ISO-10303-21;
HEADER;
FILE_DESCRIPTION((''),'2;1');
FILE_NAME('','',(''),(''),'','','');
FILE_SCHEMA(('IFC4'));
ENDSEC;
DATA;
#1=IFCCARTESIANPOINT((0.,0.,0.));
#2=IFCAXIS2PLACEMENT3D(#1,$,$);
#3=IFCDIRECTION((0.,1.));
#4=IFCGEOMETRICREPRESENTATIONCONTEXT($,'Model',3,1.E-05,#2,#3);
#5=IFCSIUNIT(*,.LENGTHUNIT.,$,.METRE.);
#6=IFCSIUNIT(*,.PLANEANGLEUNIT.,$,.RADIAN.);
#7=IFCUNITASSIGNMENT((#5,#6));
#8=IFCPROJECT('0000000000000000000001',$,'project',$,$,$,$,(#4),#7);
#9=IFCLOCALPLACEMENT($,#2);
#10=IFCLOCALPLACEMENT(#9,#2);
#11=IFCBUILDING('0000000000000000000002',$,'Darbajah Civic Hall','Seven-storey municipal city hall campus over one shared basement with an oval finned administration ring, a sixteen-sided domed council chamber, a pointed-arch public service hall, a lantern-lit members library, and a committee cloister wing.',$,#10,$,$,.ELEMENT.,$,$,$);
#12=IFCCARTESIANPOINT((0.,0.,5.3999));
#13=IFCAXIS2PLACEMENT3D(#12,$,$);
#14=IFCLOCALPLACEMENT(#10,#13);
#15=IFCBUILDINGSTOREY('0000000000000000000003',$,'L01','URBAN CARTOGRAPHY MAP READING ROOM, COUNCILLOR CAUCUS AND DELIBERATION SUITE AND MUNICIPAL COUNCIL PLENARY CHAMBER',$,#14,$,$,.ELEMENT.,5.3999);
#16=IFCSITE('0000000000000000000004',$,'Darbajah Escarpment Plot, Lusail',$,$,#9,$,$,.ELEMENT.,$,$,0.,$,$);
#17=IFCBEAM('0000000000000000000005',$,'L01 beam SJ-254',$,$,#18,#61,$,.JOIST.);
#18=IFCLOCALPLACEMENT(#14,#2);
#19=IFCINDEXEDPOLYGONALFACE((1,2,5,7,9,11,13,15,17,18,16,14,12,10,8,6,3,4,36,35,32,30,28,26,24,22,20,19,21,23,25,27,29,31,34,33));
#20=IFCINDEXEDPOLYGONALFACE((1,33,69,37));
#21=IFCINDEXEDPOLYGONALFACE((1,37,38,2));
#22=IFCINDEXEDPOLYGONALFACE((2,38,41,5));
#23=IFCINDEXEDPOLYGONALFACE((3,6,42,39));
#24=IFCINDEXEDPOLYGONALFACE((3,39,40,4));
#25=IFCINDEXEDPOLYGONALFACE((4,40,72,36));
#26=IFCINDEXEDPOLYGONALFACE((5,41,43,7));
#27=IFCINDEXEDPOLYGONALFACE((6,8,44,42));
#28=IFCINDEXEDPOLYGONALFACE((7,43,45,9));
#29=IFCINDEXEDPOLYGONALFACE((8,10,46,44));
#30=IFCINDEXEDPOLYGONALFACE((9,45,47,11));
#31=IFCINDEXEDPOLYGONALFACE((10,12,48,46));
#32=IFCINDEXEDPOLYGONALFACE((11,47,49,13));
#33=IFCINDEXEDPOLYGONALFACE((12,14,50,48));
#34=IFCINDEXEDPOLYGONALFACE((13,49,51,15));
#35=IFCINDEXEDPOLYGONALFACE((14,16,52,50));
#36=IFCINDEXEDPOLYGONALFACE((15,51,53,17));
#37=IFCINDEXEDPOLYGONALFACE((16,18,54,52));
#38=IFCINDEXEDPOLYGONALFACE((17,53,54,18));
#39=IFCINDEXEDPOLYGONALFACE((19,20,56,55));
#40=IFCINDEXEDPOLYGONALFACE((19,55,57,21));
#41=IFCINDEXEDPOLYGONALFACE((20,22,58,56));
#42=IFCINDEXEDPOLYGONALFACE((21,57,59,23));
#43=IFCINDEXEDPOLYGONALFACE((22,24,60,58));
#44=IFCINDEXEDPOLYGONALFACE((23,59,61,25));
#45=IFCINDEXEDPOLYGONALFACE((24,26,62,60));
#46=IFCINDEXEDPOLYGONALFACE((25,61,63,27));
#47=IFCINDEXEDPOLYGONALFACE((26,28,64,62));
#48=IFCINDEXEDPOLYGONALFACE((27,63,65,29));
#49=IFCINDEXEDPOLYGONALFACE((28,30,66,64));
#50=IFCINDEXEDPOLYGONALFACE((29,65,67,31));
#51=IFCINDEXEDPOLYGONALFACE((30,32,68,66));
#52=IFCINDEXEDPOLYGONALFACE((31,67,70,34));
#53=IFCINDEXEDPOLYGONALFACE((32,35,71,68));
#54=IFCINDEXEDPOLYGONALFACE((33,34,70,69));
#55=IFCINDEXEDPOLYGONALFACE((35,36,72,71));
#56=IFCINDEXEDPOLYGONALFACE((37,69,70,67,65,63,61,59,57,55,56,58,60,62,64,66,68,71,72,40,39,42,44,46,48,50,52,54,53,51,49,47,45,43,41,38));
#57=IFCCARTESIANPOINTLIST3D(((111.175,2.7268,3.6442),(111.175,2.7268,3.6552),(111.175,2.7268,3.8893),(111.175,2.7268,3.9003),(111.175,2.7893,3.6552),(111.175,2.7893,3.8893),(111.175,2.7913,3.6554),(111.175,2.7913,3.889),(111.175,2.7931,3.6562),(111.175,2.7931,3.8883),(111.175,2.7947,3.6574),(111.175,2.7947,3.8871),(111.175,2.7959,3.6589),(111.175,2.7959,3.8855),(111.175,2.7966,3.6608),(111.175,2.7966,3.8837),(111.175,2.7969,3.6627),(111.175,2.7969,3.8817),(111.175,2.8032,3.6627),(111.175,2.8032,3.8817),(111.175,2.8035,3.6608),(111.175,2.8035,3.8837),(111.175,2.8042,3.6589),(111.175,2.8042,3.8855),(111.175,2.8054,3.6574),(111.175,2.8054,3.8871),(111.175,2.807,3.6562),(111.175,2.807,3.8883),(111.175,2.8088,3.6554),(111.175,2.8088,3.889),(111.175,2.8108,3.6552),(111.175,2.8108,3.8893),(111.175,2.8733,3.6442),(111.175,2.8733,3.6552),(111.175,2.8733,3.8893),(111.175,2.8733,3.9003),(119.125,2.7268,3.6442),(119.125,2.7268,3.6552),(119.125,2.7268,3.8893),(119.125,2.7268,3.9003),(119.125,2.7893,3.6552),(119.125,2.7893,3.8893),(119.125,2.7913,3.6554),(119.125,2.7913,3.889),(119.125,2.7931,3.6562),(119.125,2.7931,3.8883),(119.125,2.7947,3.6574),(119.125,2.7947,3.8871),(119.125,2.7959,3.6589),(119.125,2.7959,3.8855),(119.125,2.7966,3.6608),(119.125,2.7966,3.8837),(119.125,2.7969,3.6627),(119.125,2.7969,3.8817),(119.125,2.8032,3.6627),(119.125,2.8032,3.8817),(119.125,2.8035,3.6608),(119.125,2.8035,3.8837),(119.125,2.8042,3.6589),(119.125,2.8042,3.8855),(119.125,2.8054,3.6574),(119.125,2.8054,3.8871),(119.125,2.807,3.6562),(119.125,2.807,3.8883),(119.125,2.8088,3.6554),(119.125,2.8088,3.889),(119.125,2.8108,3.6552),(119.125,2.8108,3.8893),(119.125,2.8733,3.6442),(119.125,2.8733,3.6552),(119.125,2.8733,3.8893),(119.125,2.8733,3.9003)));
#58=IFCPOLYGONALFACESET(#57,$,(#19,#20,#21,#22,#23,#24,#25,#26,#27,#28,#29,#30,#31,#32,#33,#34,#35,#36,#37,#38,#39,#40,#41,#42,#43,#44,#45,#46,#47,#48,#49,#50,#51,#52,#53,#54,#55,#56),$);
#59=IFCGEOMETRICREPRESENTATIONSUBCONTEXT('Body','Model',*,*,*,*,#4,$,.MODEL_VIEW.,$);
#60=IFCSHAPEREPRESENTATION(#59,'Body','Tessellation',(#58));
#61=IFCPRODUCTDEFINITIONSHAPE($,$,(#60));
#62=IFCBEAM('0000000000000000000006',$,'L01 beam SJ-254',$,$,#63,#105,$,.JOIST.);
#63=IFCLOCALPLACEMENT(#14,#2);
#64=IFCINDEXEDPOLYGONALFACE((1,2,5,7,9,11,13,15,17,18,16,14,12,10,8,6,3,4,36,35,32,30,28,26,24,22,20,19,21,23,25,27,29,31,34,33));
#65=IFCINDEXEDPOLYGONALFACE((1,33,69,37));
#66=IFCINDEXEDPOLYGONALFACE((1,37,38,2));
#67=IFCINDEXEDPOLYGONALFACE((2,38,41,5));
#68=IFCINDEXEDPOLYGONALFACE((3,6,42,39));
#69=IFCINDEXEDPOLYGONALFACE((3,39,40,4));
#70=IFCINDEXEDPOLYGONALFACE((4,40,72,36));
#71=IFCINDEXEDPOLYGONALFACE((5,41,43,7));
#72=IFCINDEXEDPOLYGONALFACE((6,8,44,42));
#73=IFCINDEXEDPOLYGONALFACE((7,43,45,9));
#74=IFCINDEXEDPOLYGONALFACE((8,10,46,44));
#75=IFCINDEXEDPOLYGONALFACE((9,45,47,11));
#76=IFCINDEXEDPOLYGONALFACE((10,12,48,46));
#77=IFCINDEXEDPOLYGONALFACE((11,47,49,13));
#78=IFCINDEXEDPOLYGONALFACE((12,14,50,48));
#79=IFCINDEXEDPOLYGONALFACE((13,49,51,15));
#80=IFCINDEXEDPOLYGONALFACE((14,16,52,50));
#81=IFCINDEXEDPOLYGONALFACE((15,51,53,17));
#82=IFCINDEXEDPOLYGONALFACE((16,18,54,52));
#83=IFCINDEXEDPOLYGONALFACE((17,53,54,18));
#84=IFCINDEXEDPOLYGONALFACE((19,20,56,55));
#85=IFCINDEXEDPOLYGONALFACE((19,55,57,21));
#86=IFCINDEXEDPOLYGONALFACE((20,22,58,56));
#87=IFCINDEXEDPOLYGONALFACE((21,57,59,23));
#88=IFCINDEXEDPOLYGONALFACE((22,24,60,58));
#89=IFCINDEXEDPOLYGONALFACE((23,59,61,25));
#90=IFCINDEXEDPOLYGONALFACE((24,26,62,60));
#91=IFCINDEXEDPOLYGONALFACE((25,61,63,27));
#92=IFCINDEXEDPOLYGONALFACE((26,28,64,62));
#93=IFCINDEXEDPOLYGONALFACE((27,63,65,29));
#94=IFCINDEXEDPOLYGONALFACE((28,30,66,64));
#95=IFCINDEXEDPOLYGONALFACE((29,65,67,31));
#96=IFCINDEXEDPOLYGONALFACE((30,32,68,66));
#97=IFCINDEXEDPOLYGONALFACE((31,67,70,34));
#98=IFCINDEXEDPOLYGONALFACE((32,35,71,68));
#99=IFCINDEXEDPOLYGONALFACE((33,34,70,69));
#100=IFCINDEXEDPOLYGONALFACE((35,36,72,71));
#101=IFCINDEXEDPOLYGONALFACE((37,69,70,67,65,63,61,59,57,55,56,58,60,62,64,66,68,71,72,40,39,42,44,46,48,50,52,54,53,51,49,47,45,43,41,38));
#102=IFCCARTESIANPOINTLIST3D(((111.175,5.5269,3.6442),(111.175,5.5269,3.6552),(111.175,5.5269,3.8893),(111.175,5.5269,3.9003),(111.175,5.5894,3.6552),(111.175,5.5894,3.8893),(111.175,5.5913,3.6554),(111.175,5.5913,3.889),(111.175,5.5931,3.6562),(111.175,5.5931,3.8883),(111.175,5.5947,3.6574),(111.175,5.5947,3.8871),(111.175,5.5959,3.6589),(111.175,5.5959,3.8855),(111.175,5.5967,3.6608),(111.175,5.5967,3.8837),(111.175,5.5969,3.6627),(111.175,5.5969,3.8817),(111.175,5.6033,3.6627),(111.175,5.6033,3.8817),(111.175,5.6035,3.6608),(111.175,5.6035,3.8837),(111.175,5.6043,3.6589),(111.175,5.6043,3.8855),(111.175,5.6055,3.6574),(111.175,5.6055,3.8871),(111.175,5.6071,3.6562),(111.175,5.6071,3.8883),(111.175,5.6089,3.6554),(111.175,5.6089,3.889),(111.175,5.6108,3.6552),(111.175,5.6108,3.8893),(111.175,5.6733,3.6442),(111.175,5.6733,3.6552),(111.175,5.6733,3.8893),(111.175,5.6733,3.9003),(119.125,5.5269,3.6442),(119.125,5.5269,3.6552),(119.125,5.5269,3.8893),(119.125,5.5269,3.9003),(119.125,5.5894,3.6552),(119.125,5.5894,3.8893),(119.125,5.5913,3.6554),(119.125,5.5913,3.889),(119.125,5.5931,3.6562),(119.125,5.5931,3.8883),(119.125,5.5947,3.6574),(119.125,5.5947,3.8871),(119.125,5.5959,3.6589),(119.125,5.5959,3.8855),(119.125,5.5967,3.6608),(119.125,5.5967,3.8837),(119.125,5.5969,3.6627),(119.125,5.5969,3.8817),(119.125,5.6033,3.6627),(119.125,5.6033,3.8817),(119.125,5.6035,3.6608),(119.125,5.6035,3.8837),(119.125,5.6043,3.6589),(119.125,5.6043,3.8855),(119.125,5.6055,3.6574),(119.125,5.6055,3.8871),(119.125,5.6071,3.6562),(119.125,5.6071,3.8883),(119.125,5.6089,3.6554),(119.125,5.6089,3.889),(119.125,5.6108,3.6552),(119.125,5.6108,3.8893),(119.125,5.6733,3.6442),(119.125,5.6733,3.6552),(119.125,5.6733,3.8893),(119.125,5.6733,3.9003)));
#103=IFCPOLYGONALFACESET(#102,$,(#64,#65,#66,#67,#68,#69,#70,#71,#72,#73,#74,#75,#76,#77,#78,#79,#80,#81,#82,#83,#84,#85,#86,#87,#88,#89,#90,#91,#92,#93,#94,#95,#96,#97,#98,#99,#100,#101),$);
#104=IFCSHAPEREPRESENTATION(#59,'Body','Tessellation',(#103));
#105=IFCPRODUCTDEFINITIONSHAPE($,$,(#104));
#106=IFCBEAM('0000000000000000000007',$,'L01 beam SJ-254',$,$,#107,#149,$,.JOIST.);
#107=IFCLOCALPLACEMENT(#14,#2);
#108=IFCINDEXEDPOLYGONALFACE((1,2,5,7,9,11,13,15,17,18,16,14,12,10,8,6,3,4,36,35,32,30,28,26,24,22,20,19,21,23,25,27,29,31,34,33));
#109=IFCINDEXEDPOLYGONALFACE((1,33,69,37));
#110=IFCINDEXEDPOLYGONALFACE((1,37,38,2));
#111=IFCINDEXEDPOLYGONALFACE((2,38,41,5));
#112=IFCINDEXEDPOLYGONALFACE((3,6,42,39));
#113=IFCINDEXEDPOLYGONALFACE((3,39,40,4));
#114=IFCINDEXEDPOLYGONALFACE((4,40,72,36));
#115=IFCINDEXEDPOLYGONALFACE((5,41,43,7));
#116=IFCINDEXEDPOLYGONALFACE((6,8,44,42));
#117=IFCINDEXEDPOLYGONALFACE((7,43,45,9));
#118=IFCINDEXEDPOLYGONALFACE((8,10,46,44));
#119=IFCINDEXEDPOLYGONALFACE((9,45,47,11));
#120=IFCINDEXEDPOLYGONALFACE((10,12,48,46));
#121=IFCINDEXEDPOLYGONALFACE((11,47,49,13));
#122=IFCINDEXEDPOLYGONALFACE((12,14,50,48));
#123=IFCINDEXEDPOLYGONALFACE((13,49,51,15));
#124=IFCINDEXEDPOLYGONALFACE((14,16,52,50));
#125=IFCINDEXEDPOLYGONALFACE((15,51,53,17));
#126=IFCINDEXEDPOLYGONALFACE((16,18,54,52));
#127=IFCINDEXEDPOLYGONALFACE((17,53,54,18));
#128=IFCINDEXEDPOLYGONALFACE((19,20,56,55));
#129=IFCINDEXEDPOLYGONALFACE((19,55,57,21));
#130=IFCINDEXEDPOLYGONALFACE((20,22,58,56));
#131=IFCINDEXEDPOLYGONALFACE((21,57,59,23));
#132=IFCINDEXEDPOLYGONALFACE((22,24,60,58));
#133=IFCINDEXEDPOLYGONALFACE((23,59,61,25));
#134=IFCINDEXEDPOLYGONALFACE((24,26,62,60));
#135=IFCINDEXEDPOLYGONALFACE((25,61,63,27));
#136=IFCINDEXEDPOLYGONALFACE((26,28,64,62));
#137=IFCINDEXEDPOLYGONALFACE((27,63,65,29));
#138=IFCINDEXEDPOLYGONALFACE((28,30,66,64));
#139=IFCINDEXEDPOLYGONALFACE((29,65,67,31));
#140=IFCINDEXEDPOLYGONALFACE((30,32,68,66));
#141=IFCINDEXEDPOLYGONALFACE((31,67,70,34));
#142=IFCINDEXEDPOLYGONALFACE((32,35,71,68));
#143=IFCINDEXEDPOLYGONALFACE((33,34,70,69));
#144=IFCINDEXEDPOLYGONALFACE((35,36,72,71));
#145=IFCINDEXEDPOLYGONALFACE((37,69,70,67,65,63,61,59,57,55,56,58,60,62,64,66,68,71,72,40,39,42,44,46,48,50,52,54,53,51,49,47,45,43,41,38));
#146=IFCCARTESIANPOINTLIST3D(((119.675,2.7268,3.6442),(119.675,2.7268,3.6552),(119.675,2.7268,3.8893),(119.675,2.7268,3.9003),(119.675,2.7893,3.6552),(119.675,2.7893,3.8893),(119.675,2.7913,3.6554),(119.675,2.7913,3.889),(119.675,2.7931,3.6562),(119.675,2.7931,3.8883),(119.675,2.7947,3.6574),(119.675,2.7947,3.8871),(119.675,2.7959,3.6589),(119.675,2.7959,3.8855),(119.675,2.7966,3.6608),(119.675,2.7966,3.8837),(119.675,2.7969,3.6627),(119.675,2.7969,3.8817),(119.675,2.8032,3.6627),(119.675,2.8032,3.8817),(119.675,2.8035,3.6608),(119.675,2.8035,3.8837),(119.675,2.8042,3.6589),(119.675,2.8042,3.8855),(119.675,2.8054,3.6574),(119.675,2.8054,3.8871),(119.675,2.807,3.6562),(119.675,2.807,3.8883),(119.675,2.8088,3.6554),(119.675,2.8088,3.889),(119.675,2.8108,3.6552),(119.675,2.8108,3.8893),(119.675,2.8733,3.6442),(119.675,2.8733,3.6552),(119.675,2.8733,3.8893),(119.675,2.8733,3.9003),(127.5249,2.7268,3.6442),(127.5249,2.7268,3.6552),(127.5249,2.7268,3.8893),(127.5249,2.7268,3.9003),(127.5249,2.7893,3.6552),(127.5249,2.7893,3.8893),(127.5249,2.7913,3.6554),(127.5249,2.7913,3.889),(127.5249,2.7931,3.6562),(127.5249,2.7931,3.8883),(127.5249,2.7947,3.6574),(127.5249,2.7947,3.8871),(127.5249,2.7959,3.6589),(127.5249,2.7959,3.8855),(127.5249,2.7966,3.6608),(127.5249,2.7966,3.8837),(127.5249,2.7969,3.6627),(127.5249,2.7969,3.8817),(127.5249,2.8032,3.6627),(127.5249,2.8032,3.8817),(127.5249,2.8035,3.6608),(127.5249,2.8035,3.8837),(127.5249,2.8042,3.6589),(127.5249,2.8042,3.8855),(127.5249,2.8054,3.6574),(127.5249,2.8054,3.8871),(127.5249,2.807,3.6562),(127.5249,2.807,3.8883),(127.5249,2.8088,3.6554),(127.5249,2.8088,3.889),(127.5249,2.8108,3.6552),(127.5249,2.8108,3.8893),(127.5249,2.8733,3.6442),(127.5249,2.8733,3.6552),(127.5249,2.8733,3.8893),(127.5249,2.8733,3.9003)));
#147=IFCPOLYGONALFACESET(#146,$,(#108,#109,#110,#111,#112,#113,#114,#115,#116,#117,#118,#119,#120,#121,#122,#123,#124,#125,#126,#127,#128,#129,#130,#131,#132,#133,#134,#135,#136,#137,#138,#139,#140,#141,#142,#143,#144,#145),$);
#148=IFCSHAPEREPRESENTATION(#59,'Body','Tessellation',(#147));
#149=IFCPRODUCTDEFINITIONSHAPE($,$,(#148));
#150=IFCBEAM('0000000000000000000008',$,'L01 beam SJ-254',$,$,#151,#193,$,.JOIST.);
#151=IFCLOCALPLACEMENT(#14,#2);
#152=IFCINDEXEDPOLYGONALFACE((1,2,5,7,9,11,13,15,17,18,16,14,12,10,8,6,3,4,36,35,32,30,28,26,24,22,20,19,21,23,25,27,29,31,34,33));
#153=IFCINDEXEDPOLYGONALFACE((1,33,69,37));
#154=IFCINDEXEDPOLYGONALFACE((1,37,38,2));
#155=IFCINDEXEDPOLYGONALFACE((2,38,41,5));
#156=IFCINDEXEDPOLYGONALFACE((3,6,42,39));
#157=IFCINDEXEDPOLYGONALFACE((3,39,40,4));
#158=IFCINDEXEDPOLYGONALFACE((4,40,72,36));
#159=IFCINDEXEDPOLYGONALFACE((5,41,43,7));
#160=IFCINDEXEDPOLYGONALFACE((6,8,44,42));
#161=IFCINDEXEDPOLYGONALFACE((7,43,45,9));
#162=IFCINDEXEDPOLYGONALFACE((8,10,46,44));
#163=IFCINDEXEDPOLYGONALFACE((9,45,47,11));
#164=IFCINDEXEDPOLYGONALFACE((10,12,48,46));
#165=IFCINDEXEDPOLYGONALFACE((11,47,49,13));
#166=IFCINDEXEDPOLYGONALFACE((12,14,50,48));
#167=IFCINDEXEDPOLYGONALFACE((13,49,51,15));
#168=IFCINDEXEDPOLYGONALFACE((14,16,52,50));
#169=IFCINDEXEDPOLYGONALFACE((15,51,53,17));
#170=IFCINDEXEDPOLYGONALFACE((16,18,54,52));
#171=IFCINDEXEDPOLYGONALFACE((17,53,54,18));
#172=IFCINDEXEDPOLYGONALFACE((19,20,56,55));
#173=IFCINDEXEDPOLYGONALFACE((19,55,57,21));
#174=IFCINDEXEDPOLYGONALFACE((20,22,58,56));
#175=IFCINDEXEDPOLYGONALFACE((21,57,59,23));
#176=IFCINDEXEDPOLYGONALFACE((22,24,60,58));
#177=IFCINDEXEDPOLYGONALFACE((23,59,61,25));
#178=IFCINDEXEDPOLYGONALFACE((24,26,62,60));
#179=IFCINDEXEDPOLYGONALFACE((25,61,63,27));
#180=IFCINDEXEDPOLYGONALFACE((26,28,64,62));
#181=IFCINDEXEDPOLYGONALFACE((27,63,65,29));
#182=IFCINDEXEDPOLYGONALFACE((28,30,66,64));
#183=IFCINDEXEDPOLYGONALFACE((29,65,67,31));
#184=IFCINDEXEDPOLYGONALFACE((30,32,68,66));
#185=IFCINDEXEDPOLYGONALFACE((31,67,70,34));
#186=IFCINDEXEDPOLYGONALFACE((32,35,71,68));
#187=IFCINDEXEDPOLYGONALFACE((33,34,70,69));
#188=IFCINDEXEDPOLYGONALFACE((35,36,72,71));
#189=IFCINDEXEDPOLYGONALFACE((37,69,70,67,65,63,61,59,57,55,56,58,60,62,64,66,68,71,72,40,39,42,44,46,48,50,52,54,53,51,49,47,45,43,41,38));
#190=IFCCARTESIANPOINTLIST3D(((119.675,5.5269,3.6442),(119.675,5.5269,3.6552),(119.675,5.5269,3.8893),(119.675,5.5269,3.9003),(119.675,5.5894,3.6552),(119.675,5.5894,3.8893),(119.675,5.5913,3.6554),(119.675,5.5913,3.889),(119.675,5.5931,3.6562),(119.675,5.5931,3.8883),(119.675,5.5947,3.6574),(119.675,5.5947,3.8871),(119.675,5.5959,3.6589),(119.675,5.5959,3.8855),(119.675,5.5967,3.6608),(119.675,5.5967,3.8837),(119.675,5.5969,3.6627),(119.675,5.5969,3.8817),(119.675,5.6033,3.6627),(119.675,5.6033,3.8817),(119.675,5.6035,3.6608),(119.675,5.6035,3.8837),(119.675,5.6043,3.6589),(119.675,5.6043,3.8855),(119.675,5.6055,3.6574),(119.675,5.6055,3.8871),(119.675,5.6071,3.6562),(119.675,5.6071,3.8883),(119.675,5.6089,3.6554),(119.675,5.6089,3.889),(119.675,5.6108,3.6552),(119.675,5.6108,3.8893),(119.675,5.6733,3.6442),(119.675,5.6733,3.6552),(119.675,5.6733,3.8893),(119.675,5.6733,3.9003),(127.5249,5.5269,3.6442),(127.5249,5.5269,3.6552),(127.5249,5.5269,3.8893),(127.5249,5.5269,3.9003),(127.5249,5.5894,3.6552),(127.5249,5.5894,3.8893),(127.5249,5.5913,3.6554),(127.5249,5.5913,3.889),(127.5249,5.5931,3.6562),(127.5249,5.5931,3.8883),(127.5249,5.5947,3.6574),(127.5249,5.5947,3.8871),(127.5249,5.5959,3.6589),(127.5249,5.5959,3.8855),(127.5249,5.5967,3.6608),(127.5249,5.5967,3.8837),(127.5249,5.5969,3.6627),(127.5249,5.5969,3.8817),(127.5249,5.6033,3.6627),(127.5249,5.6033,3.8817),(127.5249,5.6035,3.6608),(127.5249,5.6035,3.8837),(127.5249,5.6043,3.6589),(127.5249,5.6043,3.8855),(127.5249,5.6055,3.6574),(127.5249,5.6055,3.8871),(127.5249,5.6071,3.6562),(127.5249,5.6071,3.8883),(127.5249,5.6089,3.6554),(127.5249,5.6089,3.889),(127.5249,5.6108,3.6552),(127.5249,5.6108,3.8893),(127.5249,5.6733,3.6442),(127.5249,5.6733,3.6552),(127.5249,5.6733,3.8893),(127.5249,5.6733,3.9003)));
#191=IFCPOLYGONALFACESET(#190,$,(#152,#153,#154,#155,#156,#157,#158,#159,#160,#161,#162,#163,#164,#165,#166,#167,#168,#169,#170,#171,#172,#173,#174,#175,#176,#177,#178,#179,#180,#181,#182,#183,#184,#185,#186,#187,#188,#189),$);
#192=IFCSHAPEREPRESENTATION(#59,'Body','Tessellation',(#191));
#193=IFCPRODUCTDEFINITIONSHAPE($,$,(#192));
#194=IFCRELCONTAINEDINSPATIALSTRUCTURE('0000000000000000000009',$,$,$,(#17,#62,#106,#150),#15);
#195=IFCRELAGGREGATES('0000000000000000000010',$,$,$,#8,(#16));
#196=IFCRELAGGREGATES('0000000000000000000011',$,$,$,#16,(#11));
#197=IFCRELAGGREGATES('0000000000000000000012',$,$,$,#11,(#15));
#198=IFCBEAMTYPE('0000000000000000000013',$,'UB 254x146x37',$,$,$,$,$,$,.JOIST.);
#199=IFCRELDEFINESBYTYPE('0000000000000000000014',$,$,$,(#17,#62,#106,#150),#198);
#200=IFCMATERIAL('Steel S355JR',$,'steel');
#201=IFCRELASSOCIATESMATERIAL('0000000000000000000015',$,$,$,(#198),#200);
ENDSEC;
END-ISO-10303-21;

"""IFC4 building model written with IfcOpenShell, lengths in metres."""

from ifc_helpers import new_model, si_unit, direction, frame, origin, origin_2d, place, context, subcontext, project, spatial, i_section, extrude, material, material_profile, profile_set, type_object, element, save


model = new_model("IFC4")

# Units and contexts
model_context = context("Model", 3, precision=1e-05, world=origin(), true_north=direction((0.0, 1.0)))
body_context = subcontext(model_context, "Body", "Model", "MODEL_VIEW")
ifc_project = project(units=[si_unit("LENGTHUNIT", "METRE"), si_unit("PLANEANGLEUNIT", "RADIAN")], contexts=[model_context])

# Site, building, storey
site_placement = place(None, origin())
site = spatial("IfcSite", under=ifc_project, at=site_placement, Name="Darbajah Escarpment Plot, Lusail", CompositionType="ELEMENT", RefElevation=0.0)
building_placement = place(site_placement, origin())
building = spatial("IfcBuilding", under=site, at=building_placement, Name="Darbajah Civic Hall", Description="Seven-storey municipal city hall campus over one shared basement with an oval finned administration ring, a sixteen-sided domed council chamber, a pointed-arch public service hall, a lantern-lit members library, and a committee cloister wing.", CompositionType="ELEMENT")
storey_placement = place(building_placement, frame((0.0, 0.0, 5.3999)))
storey = spatial("IfcBuildingStorey", under=building, at=storey_placement, Name="L01", Description="URBAN CARTOGRAPHY MAP READING ROOM, COUNCILLOR CAUCUS AND DELIBERATION SUITE AND MUNICIPAL COUNCIL PLENARY CHAMBER", CompositionType="ELEMENT", Elevation=5.3999)

# Beams
ifc_material_1 = material(Name="Steel S355JR", Category="steel")
ifc_material_profile_1 = material_profile(ifc_material_1, i_section(OverallWidth=0.1465, OverallDepth=0.2561, WebThickness=0.0063, FlangeThickness=0.011, FilletRadius=0.0076, at=origin_2d()), Name="UB 254x146x37")
ifc_profile_set_1 = profile_set([ifc_material_profile_1], Name="Steel S355JR")
beam_type_1 = type_object("IfcBeamType", Name="UB 254x146x37", PredefinedType="JOIST", material=ifc_profile_set_1)
for number, where, z_axis, x_axis, name in (
    (1, (111.175, 2.8, 3.7722), (1.0, 0.0, 0.0), (0.0, 1.0, 0.0), "L01 beam SJ-254"),
    (2, (111.175, 5.6001, 3.7722), (1.0, 0.0, 0.0), (0.0, 1.0, 0.0), "L01 beam SJ-254"),
):
    element("IfcBeam", number, at=place(storey_placement, frame(where, z_axis=z_axis, x_axis=x_axis)), inside=storey, type_object=beam_type_1, Name=name, PredefinedType="JOIST", context=body_context, shape_type="SweptSolid", body=[
        extrude(i_section(OverallWidth=0.1465, OverallDepth=0.2561, WebThickness=0.0063, FlangeThickness=0.011, FilletRadius=0.0076, at=origin_2d()), origin(), (0.0, 0.0, 1.0), 7.95),
    ])
for number, where, z_axis, x_axis, name in (
    (3, (119.675, 2.8, 3.7722), (1.0, 0.0, 0.0), (0.0, 1.0, 0.0), "L01 beam SJ-254"),
    (4, (119.675, 5.6001, 3.7722), (1.0, 0.0, 0.0), (0.0, 1.0, 0.0), "L01 beam SJ-254"),
):
    element("IfcBeam", number, at=place(storey_placement, frame(where, z_axis=z_axis, x_axis=x_axis)), inside=storey, type_object=beam_type_1, Name=name, PredefinedType="JOIST", context=body_context, shape_type="SweptSolid", body=[
        extrude(i_section(OverallWidth=0.1465, OverallDepth=0.2561, WebThickness=0.0063, FlangeThickness=0.011, FilletRadius=0.0076, at=origin_2d()), origin(), (0.0, 0.0, 1.0), 7.8499),
    ])

save(model, "model.ifc")
